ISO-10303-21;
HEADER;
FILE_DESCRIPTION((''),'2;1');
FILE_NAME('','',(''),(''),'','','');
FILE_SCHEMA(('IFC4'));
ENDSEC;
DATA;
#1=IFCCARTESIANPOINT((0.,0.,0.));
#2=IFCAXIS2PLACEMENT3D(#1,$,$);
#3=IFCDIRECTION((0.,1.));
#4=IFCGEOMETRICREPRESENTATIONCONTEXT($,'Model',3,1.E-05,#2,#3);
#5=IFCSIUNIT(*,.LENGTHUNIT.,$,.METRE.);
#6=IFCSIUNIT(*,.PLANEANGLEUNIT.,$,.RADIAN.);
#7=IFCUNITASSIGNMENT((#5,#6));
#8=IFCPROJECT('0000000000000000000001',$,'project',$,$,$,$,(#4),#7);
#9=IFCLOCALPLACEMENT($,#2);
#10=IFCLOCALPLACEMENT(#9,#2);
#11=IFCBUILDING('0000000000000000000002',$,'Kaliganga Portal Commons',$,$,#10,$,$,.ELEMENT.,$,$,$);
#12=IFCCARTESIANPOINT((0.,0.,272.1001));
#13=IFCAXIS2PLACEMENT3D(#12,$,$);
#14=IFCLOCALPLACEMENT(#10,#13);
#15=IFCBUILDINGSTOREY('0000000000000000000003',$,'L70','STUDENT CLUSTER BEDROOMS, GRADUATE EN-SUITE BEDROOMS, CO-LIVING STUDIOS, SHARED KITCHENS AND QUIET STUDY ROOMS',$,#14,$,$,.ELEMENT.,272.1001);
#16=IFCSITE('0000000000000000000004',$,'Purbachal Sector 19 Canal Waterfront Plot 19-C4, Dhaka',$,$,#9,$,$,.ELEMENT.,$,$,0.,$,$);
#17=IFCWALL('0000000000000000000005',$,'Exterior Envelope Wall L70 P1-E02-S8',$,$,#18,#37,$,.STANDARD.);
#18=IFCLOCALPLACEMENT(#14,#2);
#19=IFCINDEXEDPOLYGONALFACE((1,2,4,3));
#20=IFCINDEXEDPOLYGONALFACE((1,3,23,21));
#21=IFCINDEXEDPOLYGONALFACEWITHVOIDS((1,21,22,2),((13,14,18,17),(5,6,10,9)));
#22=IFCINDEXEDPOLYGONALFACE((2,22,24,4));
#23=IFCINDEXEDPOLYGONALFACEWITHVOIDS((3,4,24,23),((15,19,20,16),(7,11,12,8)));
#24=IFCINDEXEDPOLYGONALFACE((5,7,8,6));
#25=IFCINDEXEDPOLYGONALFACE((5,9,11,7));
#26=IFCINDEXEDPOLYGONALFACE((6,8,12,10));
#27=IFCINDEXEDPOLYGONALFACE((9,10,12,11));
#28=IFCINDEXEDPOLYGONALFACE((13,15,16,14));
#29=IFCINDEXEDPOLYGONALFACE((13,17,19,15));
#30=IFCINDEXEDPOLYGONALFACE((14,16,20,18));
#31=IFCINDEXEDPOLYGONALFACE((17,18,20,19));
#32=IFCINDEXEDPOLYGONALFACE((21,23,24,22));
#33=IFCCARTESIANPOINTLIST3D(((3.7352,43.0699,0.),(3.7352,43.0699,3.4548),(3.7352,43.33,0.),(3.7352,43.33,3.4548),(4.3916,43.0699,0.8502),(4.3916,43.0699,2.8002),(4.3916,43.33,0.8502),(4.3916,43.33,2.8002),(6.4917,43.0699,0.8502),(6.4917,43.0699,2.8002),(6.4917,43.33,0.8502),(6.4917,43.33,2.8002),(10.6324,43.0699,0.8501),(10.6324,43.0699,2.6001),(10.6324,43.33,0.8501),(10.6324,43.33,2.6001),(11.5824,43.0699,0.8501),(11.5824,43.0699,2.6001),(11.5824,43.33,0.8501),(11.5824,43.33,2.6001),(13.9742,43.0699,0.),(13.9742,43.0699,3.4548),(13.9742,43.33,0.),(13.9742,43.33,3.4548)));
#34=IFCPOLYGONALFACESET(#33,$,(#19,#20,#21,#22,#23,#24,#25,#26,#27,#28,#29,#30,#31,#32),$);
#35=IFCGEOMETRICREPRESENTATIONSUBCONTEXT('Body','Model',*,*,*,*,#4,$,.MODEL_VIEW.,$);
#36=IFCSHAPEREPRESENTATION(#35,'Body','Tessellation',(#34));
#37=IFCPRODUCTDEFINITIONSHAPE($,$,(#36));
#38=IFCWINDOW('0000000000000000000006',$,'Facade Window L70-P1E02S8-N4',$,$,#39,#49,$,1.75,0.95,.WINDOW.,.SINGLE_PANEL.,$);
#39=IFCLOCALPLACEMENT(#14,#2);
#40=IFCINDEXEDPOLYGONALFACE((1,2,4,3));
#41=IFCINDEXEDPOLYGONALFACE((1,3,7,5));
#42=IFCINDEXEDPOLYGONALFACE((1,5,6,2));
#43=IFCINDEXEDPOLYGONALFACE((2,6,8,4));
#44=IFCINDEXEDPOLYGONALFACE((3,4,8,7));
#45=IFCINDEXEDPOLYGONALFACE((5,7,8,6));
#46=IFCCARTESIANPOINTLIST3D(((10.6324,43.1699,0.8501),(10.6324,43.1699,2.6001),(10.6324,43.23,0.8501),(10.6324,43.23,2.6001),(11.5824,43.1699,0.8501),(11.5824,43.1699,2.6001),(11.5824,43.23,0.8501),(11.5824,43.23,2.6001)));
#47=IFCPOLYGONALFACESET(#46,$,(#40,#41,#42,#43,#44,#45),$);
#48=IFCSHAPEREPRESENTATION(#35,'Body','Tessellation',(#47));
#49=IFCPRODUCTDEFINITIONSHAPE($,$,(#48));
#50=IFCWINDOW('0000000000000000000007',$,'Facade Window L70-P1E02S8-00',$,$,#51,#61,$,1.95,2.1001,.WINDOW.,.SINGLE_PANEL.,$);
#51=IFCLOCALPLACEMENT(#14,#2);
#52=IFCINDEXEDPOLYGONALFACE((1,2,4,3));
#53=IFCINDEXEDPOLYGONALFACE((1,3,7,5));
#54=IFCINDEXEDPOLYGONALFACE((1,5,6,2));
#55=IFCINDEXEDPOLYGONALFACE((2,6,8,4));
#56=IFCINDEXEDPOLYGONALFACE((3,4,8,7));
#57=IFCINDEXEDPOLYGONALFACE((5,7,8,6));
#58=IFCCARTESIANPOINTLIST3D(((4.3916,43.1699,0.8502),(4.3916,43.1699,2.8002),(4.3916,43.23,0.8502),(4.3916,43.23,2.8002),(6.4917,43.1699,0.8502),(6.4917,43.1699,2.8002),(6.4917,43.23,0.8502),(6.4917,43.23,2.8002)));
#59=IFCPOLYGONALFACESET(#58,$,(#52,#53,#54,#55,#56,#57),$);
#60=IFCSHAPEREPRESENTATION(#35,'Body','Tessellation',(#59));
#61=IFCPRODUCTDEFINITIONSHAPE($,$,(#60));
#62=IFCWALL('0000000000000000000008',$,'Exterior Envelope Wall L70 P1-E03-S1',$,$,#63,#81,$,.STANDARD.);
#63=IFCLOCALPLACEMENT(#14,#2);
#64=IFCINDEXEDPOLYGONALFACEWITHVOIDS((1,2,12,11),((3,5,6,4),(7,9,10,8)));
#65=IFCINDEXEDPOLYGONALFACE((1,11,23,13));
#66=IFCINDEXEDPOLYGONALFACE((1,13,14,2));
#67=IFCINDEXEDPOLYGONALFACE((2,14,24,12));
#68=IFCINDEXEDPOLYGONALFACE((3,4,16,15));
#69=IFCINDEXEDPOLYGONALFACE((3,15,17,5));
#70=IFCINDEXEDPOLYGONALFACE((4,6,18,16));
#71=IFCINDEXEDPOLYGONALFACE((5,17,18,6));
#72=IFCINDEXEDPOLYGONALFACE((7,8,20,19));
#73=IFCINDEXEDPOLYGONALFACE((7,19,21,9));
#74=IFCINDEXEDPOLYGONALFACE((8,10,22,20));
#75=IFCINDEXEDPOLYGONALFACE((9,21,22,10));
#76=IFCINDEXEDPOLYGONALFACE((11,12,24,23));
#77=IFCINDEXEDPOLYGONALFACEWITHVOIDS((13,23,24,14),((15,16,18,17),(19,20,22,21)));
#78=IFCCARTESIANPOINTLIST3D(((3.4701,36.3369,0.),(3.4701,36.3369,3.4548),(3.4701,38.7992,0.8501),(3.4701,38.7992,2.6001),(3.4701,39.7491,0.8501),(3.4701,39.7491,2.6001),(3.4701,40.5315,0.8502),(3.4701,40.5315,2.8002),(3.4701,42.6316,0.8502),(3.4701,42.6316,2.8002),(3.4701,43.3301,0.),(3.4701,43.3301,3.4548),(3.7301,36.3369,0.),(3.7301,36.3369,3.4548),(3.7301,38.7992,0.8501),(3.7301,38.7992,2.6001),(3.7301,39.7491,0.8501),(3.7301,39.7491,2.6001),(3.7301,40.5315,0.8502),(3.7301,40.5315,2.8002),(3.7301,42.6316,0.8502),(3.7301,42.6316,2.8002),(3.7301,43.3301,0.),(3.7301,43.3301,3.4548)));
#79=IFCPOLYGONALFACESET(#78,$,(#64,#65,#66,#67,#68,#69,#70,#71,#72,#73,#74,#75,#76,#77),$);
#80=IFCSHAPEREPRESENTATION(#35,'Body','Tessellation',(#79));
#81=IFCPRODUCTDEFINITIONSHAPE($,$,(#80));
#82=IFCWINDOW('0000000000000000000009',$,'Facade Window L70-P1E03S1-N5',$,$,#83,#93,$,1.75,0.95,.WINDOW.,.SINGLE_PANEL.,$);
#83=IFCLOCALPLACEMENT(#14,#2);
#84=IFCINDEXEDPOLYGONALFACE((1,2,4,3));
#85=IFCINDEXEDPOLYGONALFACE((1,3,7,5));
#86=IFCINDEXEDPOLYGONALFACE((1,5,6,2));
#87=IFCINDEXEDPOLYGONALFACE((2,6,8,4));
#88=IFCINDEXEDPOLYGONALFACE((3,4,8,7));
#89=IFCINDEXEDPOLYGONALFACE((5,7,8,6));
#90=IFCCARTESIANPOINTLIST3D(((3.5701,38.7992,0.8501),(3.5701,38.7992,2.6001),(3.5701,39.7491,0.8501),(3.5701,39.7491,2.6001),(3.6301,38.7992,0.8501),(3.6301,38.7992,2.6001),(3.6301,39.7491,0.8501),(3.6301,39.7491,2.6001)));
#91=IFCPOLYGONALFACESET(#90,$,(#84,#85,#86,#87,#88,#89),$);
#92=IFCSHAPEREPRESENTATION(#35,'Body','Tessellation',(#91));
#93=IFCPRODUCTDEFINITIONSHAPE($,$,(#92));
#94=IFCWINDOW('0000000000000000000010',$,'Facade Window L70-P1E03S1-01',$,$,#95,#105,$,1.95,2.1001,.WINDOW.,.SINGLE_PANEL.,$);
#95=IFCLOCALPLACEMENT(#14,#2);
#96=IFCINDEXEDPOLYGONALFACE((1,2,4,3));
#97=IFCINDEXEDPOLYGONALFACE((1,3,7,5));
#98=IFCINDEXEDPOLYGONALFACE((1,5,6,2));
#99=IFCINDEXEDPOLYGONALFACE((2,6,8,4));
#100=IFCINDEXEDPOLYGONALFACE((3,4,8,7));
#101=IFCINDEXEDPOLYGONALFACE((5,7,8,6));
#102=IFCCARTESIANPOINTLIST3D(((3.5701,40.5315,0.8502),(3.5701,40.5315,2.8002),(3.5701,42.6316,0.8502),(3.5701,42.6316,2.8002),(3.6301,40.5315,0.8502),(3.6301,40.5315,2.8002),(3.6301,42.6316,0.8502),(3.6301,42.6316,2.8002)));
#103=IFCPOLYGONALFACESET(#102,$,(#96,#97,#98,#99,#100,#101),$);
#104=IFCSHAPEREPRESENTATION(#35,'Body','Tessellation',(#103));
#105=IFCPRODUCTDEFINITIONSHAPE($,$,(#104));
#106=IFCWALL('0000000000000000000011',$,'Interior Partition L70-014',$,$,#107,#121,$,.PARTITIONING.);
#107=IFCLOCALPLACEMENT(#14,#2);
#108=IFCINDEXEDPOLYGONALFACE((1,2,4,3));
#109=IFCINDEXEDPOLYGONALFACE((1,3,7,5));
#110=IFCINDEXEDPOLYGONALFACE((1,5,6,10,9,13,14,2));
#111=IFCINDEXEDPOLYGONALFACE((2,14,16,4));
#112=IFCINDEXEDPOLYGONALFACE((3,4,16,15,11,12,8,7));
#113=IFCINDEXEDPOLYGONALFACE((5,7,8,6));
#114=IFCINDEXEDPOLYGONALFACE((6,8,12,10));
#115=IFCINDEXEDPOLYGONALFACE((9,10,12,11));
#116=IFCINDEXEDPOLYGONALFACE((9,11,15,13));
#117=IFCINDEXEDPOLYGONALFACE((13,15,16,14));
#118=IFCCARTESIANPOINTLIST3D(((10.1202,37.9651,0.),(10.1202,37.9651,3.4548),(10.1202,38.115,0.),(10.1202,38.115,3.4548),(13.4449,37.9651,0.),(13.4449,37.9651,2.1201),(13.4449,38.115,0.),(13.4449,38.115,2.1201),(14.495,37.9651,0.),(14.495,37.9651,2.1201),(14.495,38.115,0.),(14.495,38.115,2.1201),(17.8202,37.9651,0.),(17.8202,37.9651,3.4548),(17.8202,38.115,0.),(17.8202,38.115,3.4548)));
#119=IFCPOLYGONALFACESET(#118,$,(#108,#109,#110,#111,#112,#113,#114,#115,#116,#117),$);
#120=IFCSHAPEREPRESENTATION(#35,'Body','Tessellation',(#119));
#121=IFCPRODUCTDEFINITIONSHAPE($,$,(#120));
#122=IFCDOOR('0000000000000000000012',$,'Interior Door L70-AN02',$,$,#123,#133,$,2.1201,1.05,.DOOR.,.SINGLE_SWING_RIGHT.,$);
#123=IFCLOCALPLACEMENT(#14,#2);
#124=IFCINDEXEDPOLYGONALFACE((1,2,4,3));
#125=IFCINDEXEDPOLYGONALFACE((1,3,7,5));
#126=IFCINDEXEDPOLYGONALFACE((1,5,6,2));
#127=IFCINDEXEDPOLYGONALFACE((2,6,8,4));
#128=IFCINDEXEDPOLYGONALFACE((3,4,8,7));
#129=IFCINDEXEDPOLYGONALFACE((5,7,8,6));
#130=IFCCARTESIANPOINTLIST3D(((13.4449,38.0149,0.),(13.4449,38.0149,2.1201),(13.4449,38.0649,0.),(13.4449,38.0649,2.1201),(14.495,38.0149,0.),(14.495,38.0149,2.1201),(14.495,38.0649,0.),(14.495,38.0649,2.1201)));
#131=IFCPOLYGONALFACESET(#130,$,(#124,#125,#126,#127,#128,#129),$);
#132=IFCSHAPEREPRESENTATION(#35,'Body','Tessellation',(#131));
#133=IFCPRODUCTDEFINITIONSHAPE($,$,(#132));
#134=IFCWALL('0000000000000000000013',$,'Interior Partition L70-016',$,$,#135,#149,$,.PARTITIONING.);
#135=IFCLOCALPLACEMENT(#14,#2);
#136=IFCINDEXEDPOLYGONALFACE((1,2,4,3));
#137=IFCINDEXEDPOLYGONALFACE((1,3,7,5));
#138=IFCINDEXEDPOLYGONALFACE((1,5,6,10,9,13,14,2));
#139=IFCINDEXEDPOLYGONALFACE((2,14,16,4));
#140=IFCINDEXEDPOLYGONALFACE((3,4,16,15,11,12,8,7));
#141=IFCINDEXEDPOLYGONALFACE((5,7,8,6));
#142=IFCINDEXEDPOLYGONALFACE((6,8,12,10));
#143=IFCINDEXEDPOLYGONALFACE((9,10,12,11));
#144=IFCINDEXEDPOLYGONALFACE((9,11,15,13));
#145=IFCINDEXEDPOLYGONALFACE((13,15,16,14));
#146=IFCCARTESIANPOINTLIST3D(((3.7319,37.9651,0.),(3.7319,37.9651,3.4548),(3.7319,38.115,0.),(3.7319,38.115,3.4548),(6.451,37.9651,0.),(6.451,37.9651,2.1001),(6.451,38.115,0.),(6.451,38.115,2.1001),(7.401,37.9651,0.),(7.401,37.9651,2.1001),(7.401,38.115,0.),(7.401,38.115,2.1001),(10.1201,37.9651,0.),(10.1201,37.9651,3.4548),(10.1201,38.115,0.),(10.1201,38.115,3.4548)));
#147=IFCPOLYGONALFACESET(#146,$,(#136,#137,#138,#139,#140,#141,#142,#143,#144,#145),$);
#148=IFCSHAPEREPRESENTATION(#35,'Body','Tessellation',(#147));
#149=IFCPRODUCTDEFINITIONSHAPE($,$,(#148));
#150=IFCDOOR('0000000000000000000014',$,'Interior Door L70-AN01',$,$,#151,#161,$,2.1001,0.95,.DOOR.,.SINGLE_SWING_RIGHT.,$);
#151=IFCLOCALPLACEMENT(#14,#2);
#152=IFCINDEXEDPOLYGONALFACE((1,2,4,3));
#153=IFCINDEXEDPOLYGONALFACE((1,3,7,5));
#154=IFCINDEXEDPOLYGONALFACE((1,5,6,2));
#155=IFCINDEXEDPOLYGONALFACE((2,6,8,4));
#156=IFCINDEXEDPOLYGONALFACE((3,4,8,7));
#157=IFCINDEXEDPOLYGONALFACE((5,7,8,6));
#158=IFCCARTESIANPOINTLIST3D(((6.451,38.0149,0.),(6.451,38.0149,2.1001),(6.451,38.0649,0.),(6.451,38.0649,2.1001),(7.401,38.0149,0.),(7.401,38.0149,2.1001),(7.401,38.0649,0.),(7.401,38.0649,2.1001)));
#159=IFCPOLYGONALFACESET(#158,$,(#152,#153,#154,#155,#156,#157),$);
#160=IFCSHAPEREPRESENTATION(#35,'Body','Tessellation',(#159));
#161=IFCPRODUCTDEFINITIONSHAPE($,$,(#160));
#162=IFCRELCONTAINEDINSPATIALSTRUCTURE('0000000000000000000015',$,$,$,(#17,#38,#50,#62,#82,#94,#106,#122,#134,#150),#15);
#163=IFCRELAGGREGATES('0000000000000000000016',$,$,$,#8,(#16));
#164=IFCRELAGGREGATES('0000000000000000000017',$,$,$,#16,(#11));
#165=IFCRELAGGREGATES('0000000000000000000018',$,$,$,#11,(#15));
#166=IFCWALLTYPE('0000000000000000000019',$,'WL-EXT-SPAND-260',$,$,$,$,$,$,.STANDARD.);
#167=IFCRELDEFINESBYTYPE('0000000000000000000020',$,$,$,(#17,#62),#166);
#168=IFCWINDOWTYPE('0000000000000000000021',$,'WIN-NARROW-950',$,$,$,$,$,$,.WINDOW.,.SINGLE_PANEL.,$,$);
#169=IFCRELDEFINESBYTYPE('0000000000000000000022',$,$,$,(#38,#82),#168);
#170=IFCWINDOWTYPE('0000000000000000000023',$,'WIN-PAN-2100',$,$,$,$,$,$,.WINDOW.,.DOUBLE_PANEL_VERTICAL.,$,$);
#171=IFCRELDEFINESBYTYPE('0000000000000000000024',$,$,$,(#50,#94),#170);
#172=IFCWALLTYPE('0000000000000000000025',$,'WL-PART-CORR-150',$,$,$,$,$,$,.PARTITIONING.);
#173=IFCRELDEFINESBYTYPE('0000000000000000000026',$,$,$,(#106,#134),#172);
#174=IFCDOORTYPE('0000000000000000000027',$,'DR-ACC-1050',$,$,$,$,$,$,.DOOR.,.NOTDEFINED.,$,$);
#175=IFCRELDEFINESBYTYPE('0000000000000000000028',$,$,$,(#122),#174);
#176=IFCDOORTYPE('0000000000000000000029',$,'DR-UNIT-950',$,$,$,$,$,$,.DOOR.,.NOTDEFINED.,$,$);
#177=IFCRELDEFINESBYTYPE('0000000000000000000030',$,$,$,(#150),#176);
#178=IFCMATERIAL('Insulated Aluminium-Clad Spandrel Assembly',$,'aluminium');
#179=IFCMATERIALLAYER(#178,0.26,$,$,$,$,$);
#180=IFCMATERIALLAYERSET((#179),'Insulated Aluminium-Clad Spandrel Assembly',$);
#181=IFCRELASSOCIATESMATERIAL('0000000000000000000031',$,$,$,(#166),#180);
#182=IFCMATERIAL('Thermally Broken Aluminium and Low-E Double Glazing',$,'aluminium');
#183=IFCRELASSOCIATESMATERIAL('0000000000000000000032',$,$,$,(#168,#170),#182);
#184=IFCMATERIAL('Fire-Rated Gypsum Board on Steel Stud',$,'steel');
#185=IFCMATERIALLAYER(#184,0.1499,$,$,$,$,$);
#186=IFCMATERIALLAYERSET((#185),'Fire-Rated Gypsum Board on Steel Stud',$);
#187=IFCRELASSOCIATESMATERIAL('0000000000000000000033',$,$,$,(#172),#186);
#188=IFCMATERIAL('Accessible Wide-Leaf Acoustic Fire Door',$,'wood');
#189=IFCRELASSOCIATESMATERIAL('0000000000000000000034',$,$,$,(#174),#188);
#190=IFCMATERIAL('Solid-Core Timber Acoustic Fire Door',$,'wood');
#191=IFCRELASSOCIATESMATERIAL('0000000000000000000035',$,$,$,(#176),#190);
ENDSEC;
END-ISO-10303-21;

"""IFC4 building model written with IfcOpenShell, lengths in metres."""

from ifc_helpers import new_model, si_unit, direction, frame, frame_2d, origin, place, context, subcontext, project, spatial, rectangle, extrude, material, layer, layer_set, type_object, element, fill, save


model = new_model("IFC4")

# Units and contexts
model_context = context("Model", 3, precision=1e-05, world=origin(), true_north=direction((0.0, 1.0)))
body_context = subcontext(model_context, "Body", "Model", "MODEL_VIEW")
ifc_project = project(units=[si_unit("LENGTHUNIT", "METRE"), si_unit("PLANEANGLEUNIT", "RADIAN")], contexts=[model_context])

# Site, building, storey
site_placement = place(None, origin())
site = spatial("IfcSite", under=ifc_project, at=site_placement, Name="Purbachal Sector 19 Canal Waterfront Plot 19-C4, Dhaka", CompositionType="ELEMENT", RefElevation=0.0)
building_placement = place(site_placement, origin())
building = spatial("IfcBuilding", under=site, at=building_placement, Name="Kaliganga Portal Commons", CompositionType="ELEMENT")
storey_placement = place(building_placement, frame((0.0, 0.0, 272.1001)))
storey = spatial("IfcBuildingStorey", under=building, at=storey_placement, Name="L70", Description="STUDENT CLUSTER BEDROOMS, GRADUATE EN-SUITE BEDROOMS, CO-LIVING STUDIOS, SHARED KITCHENS AND QUIET STUDY ROOMS", CompositionType="ELEMENT", Elevation=272.1001)

# Walls, openings, windows
ifc_material_1 = material(Name="Insulated Aluminium-Clad Spandrel Assembly", Category="aluminium")
ifc_layer_1 = layer(ifc_material_1, 0.26)
ifc_layer_set_1 = layer_set([ifc_layer_1], Name="Insulated Aluminium-Clad Spandrel Assembly")
wall_type_1 = type_object("IfcWallType", Name="WL-EXT-SPAND-260", PredefinedType="STANDARD", material=ifc_layer_set_1)
wall_1_placement = place(storey_placement, frame((3.7351, 43.2, 0.0), z_axis=(0.0, 0.0, 1.0), x_axis=(1.0, 0.0, 0.0)))
wall_1 = element("IfcWall", 1, at=wall_1_placement, inside=storey, type_object=wall_type_1, Name="Exterior Envelope Wall L70 P1-E02-S8", PredefinedType="STANDARD", context=body_context, shape_type="SweptSolid", body=[
    extrude(rectangle(XDim=10.239, YDim=0.26, at=frame_2d((5.1196, 0.0))), origin(), (0.0, 0.0, 1.0), 3.4548),
])
opening_1_placement = place(wall_1_placement, frame((0.6565, 0.0, 0.8501)))
opening_1 = element("IfcOpeningElement", 2, at=opening_1_placement, cuts=wall_1, PredefinedType="OPENING", context=body_context, shape_type="SweptSolid", body=[
    extrude(rectangle(XDim=2.1001, YDim=1.95, at=frame_2d((1.05, 0.9751))), frame((0.0, 0.1401, 0.0), z_axis=(0.0, -1.0, 0.0), x_axis=(1.0, 0.0, 0.0)), (0.0, 0.0, 1.0), 0.28),
])
opening_2_placement = place(wall_1_placement, frame((6.8972, 0.0, 0.8501)))
opening_2 = element("IfcOpeningElement", 3, at=opening_2_placement, cuts=wall_1, PredefinedType="OPENING", context=body_context, shape_type="SweptSolid", body=[
    extrude(rectangle(XDim=0.95, YDim=1.75, at=frame_2d((0.4751, 0.875))), frame((0.0, 0.1401, 0.0), z_axis=(0.0, -1.0, 0.0), x_axis=(1.0, 0.0, 0.0)), (0.0, 0.0, 1.0), 0.28),
])
ifc_material_2 = material(Name="Thermally Broken Aluminium and Low-E Double Glazing", Category="aluminium")
window_type_1 = type_object("IfcWindowType", Name="WIN-NARROW-950", PartitioningType="SINGLE_PANEL", PredefinedType="WINDOW", material=ifc_material_2)
window_1_placement = place(opening_2_placement, origin())
window_1 = element("IfcWindow", 4, at=window_1_placement, inside=storey, type_object=window_type_1, Name="Facade Window L70-P1E02S8-N4", OverallHeight=1.75, OverallWidth=0.95, PartitioningType="SINGLE_PANEL", PredefinedType="WINDOW", context=body_context, shape_type="SweptSolid", body=[
    extrude(rectangle(XDim=0.95, YDim=1.75, at=frame_2d((0.4751, 0.875))), frame((0.0, 0.03, 0.0), z_axis=(0.0, -1.0, 0.0), x_axis=(1.0, 0.0, 0.0)), (0.0, 0.0, 1.0), 0.0601),
])
fill(opening_2, window_1)
window_type_2 = type_object("IfcWindowType", Name="WIN-PAN-2100", PartitioningType="DOUBLE_PANEL_VERTICAL", PredefinedType="WINDOW", material=ifc_material_2)
window_2_placement = place(opening_1_placement, origin())
window_2 = element("IfcWindow", 5, at=window_2_placement, inside=storey, type_object=window_type_2, Name="Facade Window L70-P1E02S8-00", OverallHeight=1.95, OverallWidth=2.1001, PartitioningType="SINGLE_PANEL", PredefinedType="WINDOW", context=body_context, shape_type="SweptSolid", body=[
    extrude(rectangle(XDim=2.1001, YDim=1.95, at=frame_2d((1.05, 0.9751))), frame((0.0, 0.03, 0.0), z_axis=(0.0, -1.0, 0.0), x_axis=(1.0, 0.0, 0.0)), (0.0, 0.0, 1.0), 0.0601),
])
fill(opening_1, window_2)
wall_2_placement = place(storey_placement, frame((3.6001, 36.3369, 0.0), z_axis=(0.0, 0.0, 1.0), x_axis=(0.0, 1.0, 0.0)))
wall_2 = element("IfcWall", 6, at=wall_2_placement, inside=storey, type_object=wall_type_1, Name="Exterior Envelope Wall L70 P1-E03-S1", PredefinedType="STANDARD", context=body_context, shape_type="SweptSolid", body=[
    extrude(rectangle(XDim=6.9932, YDim=0.26, at=frame_2d((3.4966, 0.0))), origin(), (0.0, 0.0, 1.0), 3.4548),
])
opening_3_placement = place(wall_2_placement, frame((4.1946, 0.0, 0.8501)))
opening_3 = element("IfcOpeningElement", 7, at=opening_3_placement, cuts=wall_2, PredefinedType="OPENING", context=body_context, shape_type="SweptSolid", body=[
    extrude(rectangle(XDim=2.1001, YDim=1.95, at=frame_2d((1.05, 0.9751))), frame((0.0, 0.1401, 0.0), z_axis=(0.0, -1.0, 0.0), x_axis=(1.0, 0.0, 0.0)), (0.0, 0.0, 1.0), 0.28),
])
opening_4_placement = place(wall_2_placement, frame((2.4622, 0.0, 0.8501)))
opening_4 = element("IfcOpeningElement", 8, at=opening_4_placement, cuts=wall_2, PredefinedType="OPENING", context=body_context, shape_type="SweptSolid", body=[
    extrude(rectangle(XDim=0.95, YDim=1.75, at=frame_2d((0.4751, 0.875))), frame((0.0, 0.1401, 0.0), z_axis=(0.0, -1.0, 0.0), x_axis=(1.0, 0.0, 0.0)), (0.0, 0.0, 1.0), 0.28),
])
window_3_placement = place(opening_4_placement, origin())
window_3 = element("IfcWindow", 9, at=window_3_placement, inside=storey, type_object=window_type_1, Name="Facade Window L70-P1E03S1-N5", OverallHeight=1.75, OverallWidth=0.95, PartitioningType="SINGLE_PANEL", PredefinedType="WINDOW", context=body_context, shape_type="SweptSolid", body=[
    extrude(rectangle(XDim=0.95, YDim=1.75, at=frame_2d((0.4751, 0.875))), frame((0.0, 0.03, 0.0), z_axis=(0.0, -1.0, 0.0), x_axis=(1.0, 0.0, 0.0)), (0.0, 0.0, 1.0), 0.0601),
])
fill(opening_4, window_3)
window_4_placement = place(opening_3_placement, origin())
window_4 = element("IfcWindow", 10, at=window_4_placement, inside=storey, type_object=window_type_2, Name="Facade Window L70-P1E03S1-01", OverallHeight=1.95, OverallWidth=2.1001, PartitioningType="SINGLE_PANEL", PredefinedType="WINDOW", context=body_context, shape_type="SweptSolid", body=[
    extrude(rectangle(XDim=2.1001, YDim=1.95, at=frame_2d((1.05, 0.9751))), frame((0.0, 0.03, 0.0), z_axis=(0.0, -1.0, 0.0), x_axis=(1.0, 0.0, 0.0)), (0.0, 0.0, 1.0), 0.0601),
])
fill(opening_3, window_4)

# Walls, openings, doors
ifc_material_3 = material(Name="Fire-Rated Gypsum Board on Steel Stud", Category="steel")
ifc_layer_2 = layer(ifc_material_3, 0.1499)
ifc_layer_set_2 = layer_set([ifc_layer_2], Name="Fire-Rated Gypsum Board on Steel Stud")
wall_type_2 = type_object("IfcWallType", Name="WL-PART-CORR-150", PredefinedType="PARTITIONING", material=ifc_layer_set_2)
wall_3_placement = place(storey_placement, frame((10.1201, 38.04, 0.0), z_axis=(0.0, 0.0, 1.0), x_axis=(1.0, 0.0, 0.0)))
wall_3 = element("IfcWall", 11, at=wall_3_placement, inside=storey, type_object=wall_type_2, Name="Interior Partition L70-014", PredefinedType="PARTITIONING", context=body_context, shape_type="SweptSolid", body=[
    extrude(rectangle(XDim=7.7, YDim=0.1499, at=frame_2d((3.8501, 0.0))), origin(), (0.0, 0.0, 1.0), 3.4548),
])
opening_5_placement = place(wall_3_placement, frame((3.325, 0.0, 0.0)))
opening_5 = element("IfcOpeningElement", 12, at=opening_5_placement, cuts=wall_3, PredefinedType="OPENING", context=body_context, shape_type="SweptSolid", body=[
    extrude(rectangle(XDim=1.05, YDim=2.1201, at=frame_2d((0.5249, 1.0601))), frame((0.0, 0.085, 0.0), z_axis=(0.0, -1.0, 0.0), x_axis=(1.0, 0.0, 0.0)), (0.0, 0.0, 1.0), 0.1699),
])
ifc_material_4 = material(Name="Accessible Wide-Leaf Acoustic Fire Door", Category="wood")
door_type_1 = type_object("IfcDoorType", Name="DR-ACC-1050", OperationType="NOTDEFINED", PredefinedType="DOOR", material=ifc_material_4)
door_1_placement = place(opening_5_placement, origin())
door_1 = element("IfcDoor", 13, at=door_1_placement, inside=storey, type_object=door_type_1, Name="Interior Door L70-AN02", OperationType="SINGLE_SWING_RIGHT", OverallHeight=2.1201, OverallWidth=1.05, PredefinedType="DOOR", context=body_context, shape_type="SweptSolid", body=[
    extrude(rectangle(XDim=1.05, YDim=2.1201, at=frame_2d((0.5249, 1.0601))), frame((0.0, 0.0249, 0.0), z_axis=(0.0, -1.0, 0.0), x_axis=(1.0, 0.0, 0.0)), (0.0, 0.0, 1.0), 0.05),
])
fill(opening_5, door_1)
wall_4_placement = place(storey_placement, frame((3.7319, 38.04, 0.0), z_axis=(0.0, 0.0, 1.0), x_axis=(1.0, 0.0, 0.0)))
wall_4 = element("IfcWall", 14, at=wall_4_placement, inside=storey, type_object=wall_type_2, Name="Interior Partition L70-016", PredefinedType="PARTITIONING", context=body_context, shape_type="SweptSolid", body=[
    extrude(rectangle(XDim=6.3882, YDim=0.1499, at=frame_2d((3.1941, 0.0))), origin(), (0.0, 0.0, 1.0), 3.4548),
])
opening_6_placement = place(wall_4_placement, frame((2.719, 0.0, 0.0)))
opening_6 = element("IfcOpeningElement", 15, at=opening_6_placement, cuts=wall_4, PredefinedType="OPENING", context=body_context, shape_type="SweptSolid", body=[
    extrude(rectangle(XDim=0.95, YDim=2.1001, at=frame_2d((0.4751, 1.05))), frame((0.0, 0.085, 0.0), z_axis=(0.0, -1.0, 0.0), x_axis=(1.0, 0.0, 0.0)), (0.0, 0.0, 1.0), 0.1699),
])
ifc_material_5 = material(Name="Solid-Core Timber Acoustic Fire Door", Category="wood")
door_type_2 = type_object("IfcDoorType", Name="DR-UNIT-950", OperationType="NOTDEFINED", PredefinedType="DOOR", material=ifc_material_5)
door_2_placement = place(opening_6_placement, origin())
door_2 = element("IfcDoor", 16, at=door_2_placement, inside=storey, type_object=door_type_2, Name="Interior Door L70-AN01", OperationType="SINGLE_SWING_RIGHT", OverallHeight=2.1001, OverallWidth=0.95, PredefinedType="DOOR", context=body_context, shape_type="SweptSolid", body=[
    extrude(rectangle(XDim=0.95, YDim=2.1001, at=frame_2d((0.4751, 1.05))), frame((0.0, 0.0249, 0.0), z_axis=(0.0, -1.0, 0.0), x_axis=(1.0, 0.0, 0.0)), (0.0, 0.0, 1.0), 0.05),
])
fill(opening_6, door_2)

save(model, "model.ifc")
